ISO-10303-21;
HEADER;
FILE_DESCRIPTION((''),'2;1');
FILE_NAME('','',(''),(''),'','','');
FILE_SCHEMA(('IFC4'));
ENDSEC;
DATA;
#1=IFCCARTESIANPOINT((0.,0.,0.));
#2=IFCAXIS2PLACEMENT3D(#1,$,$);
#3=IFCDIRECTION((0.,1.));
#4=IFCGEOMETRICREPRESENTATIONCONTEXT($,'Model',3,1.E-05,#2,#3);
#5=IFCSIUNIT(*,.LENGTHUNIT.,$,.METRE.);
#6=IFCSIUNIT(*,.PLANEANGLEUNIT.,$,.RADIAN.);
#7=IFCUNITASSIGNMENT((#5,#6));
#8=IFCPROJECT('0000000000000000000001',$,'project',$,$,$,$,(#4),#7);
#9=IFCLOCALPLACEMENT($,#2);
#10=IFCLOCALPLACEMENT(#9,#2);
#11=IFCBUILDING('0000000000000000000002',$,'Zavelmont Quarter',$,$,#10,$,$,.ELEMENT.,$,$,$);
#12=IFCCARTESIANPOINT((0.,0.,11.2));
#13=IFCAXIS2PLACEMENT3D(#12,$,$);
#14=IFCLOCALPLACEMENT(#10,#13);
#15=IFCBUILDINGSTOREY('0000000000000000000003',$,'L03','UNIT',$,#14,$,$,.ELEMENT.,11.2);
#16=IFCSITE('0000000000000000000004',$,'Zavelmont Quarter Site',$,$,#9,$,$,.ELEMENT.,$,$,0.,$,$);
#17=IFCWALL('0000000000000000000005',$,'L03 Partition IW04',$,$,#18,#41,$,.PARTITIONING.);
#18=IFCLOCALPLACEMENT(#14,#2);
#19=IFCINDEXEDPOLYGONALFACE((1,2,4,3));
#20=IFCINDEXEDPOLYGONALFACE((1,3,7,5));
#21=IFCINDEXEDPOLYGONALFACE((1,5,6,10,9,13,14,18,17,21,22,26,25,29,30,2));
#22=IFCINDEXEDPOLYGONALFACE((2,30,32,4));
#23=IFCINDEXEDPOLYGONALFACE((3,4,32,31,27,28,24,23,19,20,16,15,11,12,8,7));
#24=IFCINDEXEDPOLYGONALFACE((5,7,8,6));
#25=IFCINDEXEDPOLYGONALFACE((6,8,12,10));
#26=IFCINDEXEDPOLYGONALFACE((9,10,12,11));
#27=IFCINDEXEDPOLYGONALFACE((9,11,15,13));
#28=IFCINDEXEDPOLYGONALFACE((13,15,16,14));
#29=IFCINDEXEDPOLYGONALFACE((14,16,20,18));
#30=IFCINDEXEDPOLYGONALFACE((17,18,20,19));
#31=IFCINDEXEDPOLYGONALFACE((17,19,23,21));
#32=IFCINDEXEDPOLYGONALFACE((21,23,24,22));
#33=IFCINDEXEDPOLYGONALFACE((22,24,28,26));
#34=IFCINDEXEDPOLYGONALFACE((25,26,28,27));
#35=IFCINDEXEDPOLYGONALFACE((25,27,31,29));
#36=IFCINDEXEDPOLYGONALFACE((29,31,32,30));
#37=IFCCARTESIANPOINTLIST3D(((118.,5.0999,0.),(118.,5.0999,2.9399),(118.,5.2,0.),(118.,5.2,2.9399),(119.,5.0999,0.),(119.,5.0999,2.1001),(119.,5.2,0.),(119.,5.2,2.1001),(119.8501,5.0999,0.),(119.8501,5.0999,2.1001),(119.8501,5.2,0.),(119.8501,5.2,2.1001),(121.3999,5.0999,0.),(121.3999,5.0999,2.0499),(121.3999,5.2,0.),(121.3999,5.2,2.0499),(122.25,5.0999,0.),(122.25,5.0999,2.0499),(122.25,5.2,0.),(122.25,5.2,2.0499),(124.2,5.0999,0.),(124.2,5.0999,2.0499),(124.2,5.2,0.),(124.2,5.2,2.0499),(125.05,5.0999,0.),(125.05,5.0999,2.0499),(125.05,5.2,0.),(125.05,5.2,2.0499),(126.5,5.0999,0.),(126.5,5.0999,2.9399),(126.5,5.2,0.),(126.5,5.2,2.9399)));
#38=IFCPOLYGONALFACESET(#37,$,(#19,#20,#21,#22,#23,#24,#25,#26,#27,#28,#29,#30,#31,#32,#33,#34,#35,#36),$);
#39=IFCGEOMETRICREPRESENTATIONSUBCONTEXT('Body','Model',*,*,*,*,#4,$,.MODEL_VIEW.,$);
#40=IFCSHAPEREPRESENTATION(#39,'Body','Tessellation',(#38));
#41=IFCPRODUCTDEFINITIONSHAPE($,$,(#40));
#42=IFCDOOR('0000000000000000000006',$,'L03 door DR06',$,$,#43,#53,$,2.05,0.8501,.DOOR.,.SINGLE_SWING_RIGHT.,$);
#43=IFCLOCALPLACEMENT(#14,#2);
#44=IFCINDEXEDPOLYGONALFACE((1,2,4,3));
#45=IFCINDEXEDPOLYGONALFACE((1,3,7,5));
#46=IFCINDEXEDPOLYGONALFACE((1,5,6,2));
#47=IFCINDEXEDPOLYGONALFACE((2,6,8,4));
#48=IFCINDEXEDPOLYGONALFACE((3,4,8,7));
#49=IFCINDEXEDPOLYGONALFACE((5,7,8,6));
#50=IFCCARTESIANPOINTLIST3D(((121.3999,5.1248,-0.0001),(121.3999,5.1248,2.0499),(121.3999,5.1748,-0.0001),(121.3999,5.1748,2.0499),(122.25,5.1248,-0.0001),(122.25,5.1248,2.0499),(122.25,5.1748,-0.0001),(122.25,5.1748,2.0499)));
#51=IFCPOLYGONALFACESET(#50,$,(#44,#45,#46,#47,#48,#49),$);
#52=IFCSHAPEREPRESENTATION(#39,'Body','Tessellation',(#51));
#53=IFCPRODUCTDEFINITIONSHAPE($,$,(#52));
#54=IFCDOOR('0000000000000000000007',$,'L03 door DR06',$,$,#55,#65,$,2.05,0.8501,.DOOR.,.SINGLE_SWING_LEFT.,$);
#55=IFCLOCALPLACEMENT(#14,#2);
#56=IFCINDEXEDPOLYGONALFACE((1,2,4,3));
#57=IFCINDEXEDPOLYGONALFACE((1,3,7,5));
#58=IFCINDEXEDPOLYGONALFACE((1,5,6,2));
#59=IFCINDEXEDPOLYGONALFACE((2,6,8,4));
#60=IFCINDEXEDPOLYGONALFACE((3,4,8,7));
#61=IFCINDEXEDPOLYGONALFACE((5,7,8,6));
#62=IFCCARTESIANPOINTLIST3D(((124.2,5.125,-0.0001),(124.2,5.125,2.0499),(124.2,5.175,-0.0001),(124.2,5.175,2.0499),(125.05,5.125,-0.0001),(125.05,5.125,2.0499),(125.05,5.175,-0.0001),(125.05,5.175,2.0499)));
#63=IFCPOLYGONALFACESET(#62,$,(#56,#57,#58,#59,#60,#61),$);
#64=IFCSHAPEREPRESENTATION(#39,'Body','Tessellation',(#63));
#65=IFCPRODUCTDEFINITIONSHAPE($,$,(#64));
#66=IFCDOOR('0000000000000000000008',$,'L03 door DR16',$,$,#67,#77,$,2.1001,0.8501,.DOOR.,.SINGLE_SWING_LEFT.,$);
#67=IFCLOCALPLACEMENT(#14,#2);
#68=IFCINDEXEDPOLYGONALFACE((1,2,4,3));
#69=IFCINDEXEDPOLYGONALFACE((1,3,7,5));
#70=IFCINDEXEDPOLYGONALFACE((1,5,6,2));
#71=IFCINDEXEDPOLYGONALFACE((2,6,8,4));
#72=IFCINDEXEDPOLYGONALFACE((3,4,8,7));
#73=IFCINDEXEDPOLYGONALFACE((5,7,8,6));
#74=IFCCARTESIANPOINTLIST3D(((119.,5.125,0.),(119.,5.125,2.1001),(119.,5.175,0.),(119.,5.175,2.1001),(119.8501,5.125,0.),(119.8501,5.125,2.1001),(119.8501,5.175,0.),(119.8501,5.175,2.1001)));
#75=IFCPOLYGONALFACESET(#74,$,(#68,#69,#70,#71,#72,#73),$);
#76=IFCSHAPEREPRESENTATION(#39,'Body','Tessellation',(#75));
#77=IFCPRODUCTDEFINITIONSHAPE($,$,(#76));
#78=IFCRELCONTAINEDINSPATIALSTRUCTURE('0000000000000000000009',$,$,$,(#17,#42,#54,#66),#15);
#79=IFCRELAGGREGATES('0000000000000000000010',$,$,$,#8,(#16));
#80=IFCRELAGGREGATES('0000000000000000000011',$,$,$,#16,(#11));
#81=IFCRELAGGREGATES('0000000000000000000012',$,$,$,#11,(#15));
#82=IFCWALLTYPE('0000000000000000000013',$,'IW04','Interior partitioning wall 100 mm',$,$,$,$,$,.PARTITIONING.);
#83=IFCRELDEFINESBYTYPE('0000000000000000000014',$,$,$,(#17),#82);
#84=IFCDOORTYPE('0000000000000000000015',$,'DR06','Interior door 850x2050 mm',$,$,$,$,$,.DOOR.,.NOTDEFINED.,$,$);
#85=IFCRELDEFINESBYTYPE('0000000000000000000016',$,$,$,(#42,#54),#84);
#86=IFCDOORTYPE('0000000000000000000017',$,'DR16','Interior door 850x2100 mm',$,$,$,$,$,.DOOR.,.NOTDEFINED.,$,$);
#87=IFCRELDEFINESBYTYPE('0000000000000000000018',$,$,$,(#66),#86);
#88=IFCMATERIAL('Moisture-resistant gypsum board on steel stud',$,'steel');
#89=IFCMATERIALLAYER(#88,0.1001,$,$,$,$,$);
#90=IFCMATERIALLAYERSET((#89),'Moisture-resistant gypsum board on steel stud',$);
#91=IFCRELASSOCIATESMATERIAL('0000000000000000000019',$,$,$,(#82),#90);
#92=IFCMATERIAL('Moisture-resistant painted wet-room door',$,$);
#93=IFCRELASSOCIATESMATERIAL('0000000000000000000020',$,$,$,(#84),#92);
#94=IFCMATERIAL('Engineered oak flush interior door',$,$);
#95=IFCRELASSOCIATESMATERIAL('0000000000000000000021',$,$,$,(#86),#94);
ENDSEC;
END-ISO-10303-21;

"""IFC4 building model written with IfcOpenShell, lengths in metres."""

from ifc_helpers import new_model, si_unit, direction, frame, frame_2d, origin, origin_with_axes, place, context, subcontext, project, spatial, rectangle, extrude, material, layer, layer_set, type_object, element, fill, save


model = new_model("IFC4")

# Units and contexts
model_context = context("Model", 3, precision=1e-05, world=origin(), true_north=direction((0.0, 1.0)))
body_context = subcontext(model_context, "Body", "Model", "MODEL_VIEW")
ifc_project = project(units=[si_unit("LENGTHUNIT", "METRE"), si_unit("PLANEANGLEUNIT", "RADIAN")], contexts=[model_context])

# Site, building, storey
site_placement = place(None, origin())
site = spatial("IfcSite", under=ifc_project, at=site_placement, Name="Zavelmont Quarter Site", CompositionType="ELEMENT", RefElevation=0.0)
building_placement = place(site_placement, origin())
building = spatial("IfcBuilding", under=site, at=building_placement, Name="Zavelmont Quarter", CompositionType="ELEMENT")
storey_placement = place(building_placement, frame((0.0, 0.0, 11.2)))
storey = spatial("IfcBuildingStorey", under=building, at=storey_placement, Name="L03", Description="UNIT", CompositionType="ELEMENT", Elevation=11.2)

# Shared definitions
ifc_material_1 = material(Name="Engineered oak flush interior door")

# Shared definitions
ifc_material_2 = material(Name="Moisture-resistant gypsum board on steel stud", Category="steel")
ifc_layer_1 = layer(ifc_material_2, 0.1001)
ifc_layer_set_1 = layer_set([ifc_layer_1], Name="Moisture-resistant gypsum board on steel stud")
wall_type_1 = type_object("IfcWallType", Name="IW04", Description="Interior partitioning wall 100 mm", PredefinedType="PARTITIONING", material=ifc_layer_set_1)

# Wall, openings, doors
wall_1_placement = place(storey_placement, frame((118.0, 5.1499, 0.0), z_axis=(0.0, 0.0, 1.0), x_axis=(1.0, 0.0, 0.0)))
wall_1 = element("IfcWall", 1, at=wall_1_placement, inside=storey, type_object=wall_type_1, Name="L03 Partition IW04", PredefinedType="PARTITIONING", context=body_context, shape_type="SweptSolid", body=[
    extrude(rectangle(XDim=8.5, YDim=0.1001, at=frame_2d((4.25, 0.0))), origin(), (0.0, 0.0, 1.0), 2.9399),
])
opening_1_placement = place(wall_1_placement, frame((1.0, 0.0, 0.0)))
opening_1 = element("IfcOpeningElement", 2, at=opening_1_placement, cuts=wall_1, PredefinedType="OPENING", context=body_context, shape_type="SweptSolid", body=[
    extrude(rectangle(XDim=0.8501, YDim=2.1001, at=frame_2d((0.425, 1.05))), frame((0.0, 0.062, 0.0), z_axis=(0.0, -1.0, 0.0), x_axis=(1.0, 0.0, 0.0)), (0.0, 0.0, 1.0), 0.124),
])
opening_2_placement = place(wall_1_placement, frame((3.3999, 0.0, 0.0)))
opening_2 = element("IfcOpeningElement", 3, at=opening_2_placement, cuts=wall_1, PredefinedType="OPENING", context=body_context, shape_type="SweptSolid", body=[
    extrude(rectangle(XDim=0.8501, YDim=2.05, at=frame_2d((0.425, 1.0249))), frame((0.0, 0.062, 0.0), z_axis=(0.0, -1.0, 0.0), x_axis=(1.0, 0.0, 0.0)), (0.0, 0.0, 1.0), 0.124),
])
opening_3_placement = place(wall_1_placement, frame((6.2, 0.0, 0.0)))
opening_3 = element("IfcOpeningElement", 4, at=opening_3_placement, cuts=wall_1, PredefinedType="OPENING", context=body_context, shape_type="SweptSolid", body=[
    extrude(rectangle(XDim=0.8501, YDim=2.05, at=frame_2d((0.425, 1.0249))), frame((0.0, 0.062, 0.0), z_axis=(0.0, -1.0, 0.0), x_axis=(1.0, 0.0, 0.0)), (0.0, 0.0, 1.0), 0.124),
])
ifc_material_3 = material(Name="Moisture-resistant painted wet-room door")
door_type_1 = type_object("IfcDoorType", Name="DR06", Description="Interior door 850x2050 mm", OperationType="NOTDEFINED", PredefinedType="DOOR", material=ifc_material_3)
door_1_placement = place(opening_2_placement, origin_with_axes())
door_1 = element("IfcDoor", 5, at=door_1_placement, inside=storey, type_object=door_type_1, Name="L03 door DR06", OperationType="SINGLE_SWING_RIGHT", OverallHeight=2.05, OverallWidth=0.8501, PredefinedType="DOOR", context=body_context, shape_type="SweptSolid", body=[
    extrude(rectangle(XDim=0.8501, YDim=2.05, at=frame_2d((0.425, 1.0249))), frame((0.0, 0.0249, 0.0), z_axis=(0.0, -1.0, 0.0), x_axis=(1.0, 0.0, 0.0)), (0.0, 0.0, 1.0), 0.05),
])
fill(opening_2, door_1)
door_2_placement = place(opening_3_placement, frame((0.8501, 0.0, 0.0), z_axis=(0.0, 0.0, 1.0), x_axis=(-1.0, 0.0, 0.0)))
door_2 = element("IfcDoor", 6, at=door_2_placement, inside=storey, type_object=door_type_1, Name="L03 door DR06", OperationType="SINGLE_SWING_LEFT", OverallHeight=2.05, OverallWidth=0.8501, PredefinedType="DOOR", context=body_context, shape_type="SweptSolid", body=[
    extrude(rectangle(XDim=0.8501, YDim=2.05, at=frame_2d((0.425, 1.0249))), frame((0.0, 0.0249, 0.0), z_axis=(0.0, -1.0, 0.0), x_axis=(1.0, 0.0, 0.0)), (0.0, 0.0, 1.0), 0.05),
])
fill(opening_3, door_2)
door_type_2 = type_object("IfcDoorType", Name="DR16", Description="Interior door 850x2100 mm", OperationType="NOTDEFINED", PredefinedType="DOOR", material=ifc_material_1)
door_3_placement = place(opening_1_placement, frame((0.8501, 0.0, 0.0), z_axis=(0.0, 0.0, 1.0), x_axis=(-1.0, 0.0, 0.0)))
door_3 = element("IfcDoor", 7, at=door_3_placement, inside=storey, type_object=door_type_2, Name="L03 door DR16", OperationType="SINGLE_SWING_LEFT", OverallHeight=2.1001, OverallWidth=0.8501, PredefinedType="DOOR", context=body_context, shape_type="SweptSolid", body=[
    extrude(rectangle(XDim=0.8501, YDim=2.1001, at=frame_2d((0.425, 1.05))), frame((0.0, 0.0249, 0.0), z_axis=(0.0, -1.0, 0.0), x_axis=(1.0, 0.0, 0.0)), (0.0, 0.0, 1.0), 0.05),
])
fill(opening_1, door_3)

save(model, "model.ifc")
